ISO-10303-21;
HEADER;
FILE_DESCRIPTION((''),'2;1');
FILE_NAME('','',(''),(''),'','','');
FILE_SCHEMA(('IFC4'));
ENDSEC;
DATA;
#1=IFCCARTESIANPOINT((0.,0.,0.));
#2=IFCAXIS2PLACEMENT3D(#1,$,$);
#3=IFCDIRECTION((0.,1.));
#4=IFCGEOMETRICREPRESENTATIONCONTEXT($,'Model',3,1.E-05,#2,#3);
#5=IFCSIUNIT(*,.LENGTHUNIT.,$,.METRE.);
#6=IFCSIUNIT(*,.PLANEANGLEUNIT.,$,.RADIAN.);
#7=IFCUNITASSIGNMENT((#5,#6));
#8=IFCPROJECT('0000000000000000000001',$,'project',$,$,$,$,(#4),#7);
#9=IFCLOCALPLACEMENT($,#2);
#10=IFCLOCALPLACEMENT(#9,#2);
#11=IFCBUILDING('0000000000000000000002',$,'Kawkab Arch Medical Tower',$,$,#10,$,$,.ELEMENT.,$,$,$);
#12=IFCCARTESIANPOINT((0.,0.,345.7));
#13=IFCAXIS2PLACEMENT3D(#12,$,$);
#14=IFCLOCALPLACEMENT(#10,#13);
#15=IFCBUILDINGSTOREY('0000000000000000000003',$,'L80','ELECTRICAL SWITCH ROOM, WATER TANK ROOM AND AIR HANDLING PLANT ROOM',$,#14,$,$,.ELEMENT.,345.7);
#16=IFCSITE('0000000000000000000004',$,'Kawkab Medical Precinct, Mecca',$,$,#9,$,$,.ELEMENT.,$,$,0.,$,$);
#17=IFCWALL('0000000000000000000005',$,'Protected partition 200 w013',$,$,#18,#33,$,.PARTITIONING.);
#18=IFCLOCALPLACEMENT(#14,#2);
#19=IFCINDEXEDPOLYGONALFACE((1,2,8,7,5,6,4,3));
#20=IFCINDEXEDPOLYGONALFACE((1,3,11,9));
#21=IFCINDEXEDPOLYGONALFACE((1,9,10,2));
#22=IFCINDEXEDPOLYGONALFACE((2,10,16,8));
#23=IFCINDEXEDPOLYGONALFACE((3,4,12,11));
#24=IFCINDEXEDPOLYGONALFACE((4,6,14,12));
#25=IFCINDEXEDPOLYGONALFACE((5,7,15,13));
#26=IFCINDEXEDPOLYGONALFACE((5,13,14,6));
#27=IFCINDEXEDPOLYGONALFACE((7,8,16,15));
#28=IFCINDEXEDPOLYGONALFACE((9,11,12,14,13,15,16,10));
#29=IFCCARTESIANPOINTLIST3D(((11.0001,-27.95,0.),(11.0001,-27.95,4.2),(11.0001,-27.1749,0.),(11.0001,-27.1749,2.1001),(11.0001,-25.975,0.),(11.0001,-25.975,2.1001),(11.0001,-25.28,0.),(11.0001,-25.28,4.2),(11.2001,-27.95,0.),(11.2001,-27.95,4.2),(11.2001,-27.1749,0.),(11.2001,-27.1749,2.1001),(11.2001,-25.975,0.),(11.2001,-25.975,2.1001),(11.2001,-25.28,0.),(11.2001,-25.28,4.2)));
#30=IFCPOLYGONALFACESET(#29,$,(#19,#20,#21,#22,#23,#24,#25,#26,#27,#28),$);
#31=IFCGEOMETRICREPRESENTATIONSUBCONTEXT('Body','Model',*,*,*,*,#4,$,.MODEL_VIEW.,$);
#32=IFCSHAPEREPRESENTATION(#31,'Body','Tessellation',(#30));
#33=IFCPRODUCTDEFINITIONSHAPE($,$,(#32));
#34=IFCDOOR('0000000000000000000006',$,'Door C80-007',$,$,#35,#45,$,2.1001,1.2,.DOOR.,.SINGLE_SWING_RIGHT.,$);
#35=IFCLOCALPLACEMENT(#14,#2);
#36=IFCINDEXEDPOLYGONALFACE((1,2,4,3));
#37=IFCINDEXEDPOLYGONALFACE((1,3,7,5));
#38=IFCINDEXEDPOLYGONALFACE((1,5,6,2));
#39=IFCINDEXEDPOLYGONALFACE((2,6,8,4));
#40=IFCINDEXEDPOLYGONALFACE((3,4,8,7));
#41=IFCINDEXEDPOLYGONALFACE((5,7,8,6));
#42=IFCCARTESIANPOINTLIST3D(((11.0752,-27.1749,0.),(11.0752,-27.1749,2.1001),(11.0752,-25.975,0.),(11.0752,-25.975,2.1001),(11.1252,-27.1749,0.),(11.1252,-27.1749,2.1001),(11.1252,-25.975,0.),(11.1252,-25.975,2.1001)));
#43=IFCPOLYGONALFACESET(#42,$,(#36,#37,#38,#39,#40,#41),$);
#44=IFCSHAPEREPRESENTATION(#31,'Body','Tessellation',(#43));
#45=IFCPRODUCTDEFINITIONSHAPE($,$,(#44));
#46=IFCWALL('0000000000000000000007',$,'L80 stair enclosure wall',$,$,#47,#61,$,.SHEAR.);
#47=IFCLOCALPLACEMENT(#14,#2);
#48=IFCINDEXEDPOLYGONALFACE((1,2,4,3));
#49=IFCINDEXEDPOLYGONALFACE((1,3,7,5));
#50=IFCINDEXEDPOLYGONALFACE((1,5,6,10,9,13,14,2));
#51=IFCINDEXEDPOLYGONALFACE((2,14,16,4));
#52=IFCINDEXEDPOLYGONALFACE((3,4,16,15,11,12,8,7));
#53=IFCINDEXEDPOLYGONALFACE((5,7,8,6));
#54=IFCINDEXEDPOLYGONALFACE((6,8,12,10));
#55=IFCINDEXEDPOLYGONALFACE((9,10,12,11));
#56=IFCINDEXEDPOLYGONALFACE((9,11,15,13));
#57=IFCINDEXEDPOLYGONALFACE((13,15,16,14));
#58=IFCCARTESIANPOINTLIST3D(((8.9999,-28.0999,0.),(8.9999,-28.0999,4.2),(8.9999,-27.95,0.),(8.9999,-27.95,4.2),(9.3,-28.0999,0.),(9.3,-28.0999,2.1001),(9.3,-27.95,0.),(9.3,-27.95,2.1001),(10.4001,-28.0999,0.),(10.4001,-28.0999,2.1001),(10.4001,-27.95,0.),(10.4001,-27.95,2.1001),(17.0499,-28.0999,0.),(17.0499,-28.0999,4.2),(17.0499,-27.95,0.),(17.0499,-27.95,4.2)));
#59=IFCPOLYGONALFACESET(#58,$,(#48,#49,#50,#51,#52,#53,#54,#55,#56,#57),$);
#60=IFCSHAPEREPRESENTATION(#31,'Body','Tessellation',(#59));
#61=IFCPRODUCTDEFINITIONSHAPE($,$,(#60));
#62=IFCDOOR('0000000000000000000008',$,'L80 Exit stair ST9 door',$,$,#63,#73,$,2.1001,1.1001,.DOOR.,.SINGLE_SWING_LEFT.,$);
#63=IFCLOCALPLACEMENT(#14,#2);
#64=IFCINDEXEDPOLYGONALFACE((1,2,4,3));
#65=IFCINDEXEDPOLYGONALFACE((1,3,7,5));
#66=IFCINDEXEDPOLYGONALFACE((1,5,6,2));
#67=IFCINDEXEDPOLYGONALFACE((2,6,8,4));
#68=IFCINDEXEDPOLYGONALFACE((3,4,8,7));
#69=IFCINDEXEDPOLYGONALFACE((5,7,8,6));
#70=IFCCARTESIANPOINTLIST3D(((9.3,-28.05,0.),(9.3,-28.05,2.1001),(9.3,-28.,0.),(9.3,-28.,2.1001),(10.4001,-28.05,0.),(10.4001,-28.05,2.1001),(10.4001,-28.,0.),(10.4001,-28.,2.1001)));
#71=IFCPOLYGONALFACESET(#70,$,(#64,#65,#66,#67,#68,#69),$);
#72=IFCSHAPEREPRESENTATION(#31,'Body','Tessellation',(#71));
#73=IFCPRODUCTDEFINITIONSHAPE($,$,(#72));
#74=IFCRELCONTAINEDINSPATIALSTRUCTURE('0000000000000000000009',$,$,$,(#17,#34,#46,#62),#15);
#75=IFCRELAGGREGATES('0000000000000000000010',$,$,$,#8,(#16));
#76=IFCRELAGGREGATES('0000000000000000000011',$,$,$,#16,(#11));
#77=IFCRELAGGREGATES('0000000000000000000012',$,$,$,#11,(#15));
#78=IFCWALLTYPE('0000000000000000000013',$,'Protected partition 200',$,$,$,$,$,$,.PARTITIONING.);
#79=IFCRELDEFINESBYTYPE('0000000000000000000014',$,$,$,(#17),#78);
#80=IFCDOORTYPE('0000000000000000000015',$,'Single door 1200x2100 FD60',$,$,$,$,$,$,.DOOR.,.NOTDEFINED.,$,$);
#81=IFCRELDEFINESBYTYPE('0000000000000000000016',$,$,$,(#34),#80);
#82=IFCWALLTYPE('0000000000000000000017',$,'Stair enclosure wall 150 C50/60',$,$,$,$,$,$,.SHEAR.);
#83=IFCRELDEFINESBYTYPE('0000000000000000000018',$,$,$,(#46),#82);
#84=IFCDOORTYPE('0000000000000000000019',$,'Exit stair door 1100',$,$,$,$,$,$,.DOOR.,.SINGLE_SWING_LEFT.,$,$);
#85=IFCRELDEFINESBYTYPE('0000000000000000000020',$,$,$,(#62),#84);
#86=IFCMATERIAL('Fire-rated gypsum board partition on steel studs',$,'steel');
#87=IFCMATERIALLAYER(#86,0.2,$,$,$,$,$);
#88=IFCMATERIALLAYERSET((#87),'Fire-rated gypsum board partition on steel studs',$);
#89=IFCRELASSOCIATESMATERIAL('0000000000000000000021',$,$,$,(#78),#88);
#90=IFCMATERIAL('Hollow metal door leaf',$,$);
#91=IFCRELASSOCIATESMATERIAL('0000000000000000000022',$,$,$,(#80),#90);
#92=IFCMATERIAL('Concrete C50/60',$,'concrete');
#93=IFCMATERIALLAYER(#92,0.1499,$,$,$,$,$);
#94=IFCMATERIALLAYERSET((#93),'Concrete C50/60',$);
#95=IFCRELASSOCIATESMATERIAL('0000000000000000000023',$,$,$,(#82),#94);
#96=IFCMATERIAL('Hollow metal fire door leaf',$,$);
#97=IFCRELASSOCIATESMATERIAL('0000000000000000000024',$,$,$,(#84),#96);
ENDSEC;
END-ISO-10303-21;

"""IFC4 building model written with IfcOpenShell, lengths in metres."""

from ifc_helpers import new_model, si_unit, direction, frame, frame_2d, origin, place, context, subcontext, project, spatial, rectangle, extrude, material, layer, layer_set, type_object, element, fill, save


model = new_model("IFC4")

# Units and contexts
model_context = context("Model", 3, precision=1e-05, world=origin(), true_north=direction((0.0, 1.0)))
body_context = subcontext(model_context, "Body", "Model", "MODEL_VIEW")
ifc_project = project(units=[si_unit("LENGTHUNIT", "METRE"), si_unit("PLANEANGLEUNIT", "RADIAN")], contexts=[model_context])

# Site, building, storey
site_placement = place(None, origin())
site = spatial("IfcSite", under=ifc_project, at=site_placement, Name="Kawkab Medical Precinct, Mecca", CompositionType="ELEMENT", RefElevation=0.0)
building_placement = place(site_placement, origin())
building = spatial("IfcBuilding", under=site, at=building_placement, Name="Kawkab Arch Medical Tower", CompositionType="ELEMENT")
storey_placement = place(building_placement, frame((0.0, 0.0, 345.7)))
storey = spatial("IfcBuildingStorey", under=building, at=storey_placement, Name="L80", Description="ELECTRICAL SWITCH ROOM, WATER TANK ROOM AND AIR HANDLING PLANT ROOM", CompositionType="ELEMENT", Elevation=345.7)

# Walls, openings, doors
ifc_material_1 = material(Name="Fire-rated gypsum board partition on steel studs", Category="steel")
ifc_layer_1 = layer(ifc_material_1, 0.2)
ifc_layer_set_1 = layer_set([ifc_layer_1], Name="Fire-rated gypsum board partition on steel studs")
wall_type_1 = type_object("IfcWallType", Name="Protected partition 200", PredefinedType="PARTITIONING", material=ifc_layer_set_1)
wall_1_placement = place(storey_placement, frame((11.1001, -27.95, 0.0), z_axis=(0.0, 0.0, 1.0), x_axis=(0.0, 1.0, 0.0)))
wall_1 = element("IfcWall", 1, at=wall_1_placement, inside=storey, type_object=wall_type_1, Name="Protected partition 200 w013", PredefinedType="PARTITIONING", context=body_context, shape_type="SweptSolid", body=[
    extrude(rectangle(XDim=2.6699, YDim=0.2, at=frame_2d((1.335, 0.0))), origin(), (0.0, 0.0, 1.0), 4.2),
])
opening_1_placement = place(wall_1_placement, frame((0.7749, 0.0, 0.0)))
opening_1 = element("IfcOpeningElement", 2, at=opening_1_placement, cuts=wall_1, PredefinedType="OPENING", context=body_context, shape_type="SweptSolid", body=[
    extrude(rectangle(XDim=1.2, YDim=2.1001, at=frame_2d((0.6001, 1.05))), frame((0.0, 0.1099, 0.0), z_axis=(0.0, -1.0, 0.0), x_axis=(1.0, 0.0, 0.0)), (0.0, 0.0, 1.0), 0.22),
])
ifc_material_2 = material(Name="Hollow metal door leaf")
door_type_1 = type_object("IfcDoorType", Name="Single door 1200x2100 FD60", OperationType="NOTDEFINED", PredefinedType="DOOR", material=ifc_material_2)
door_1_placement = place(opening_1_placement, origin())
door_1 = element("IfcDoor", 3, at=door_1_placement, inside=storey, type_object=door_type_1, Name="Door C80-007", OperationType="SINGLE_SWING_RIGHT", OverallHeight=2.1001, OverallWidth=1.2, PredefinedType="DOOR", context=body_context, shape_type="SweptSolid", body=[
    extrude(rectangle(XDim=1.2, YDim=2.1001, at=frame_2d((0.6001, 1.05))), frame((0.0, 0.0249, 0.0), z_axis=(0.0, -1.0, 0.0), x_axis=(1.0, 0.0, 0.0)), (0.0, 0.0, 1.0), 0.05),
])
fill(opening_1, door_1)
ifc_material_3 = material(Name="Concrete C50/60", Category="concrete")
ifc_layer_2 = layer(ifc_material_3, 0.1499)
ifc_layer_set_2 = layer_set([ifc_layer_2], Name="Concrete C50/60")
wall_type_2 = type_object("IfcWallType", Name="Stair enclosure wall 150 C50/60", PredefinedType="SHEAR", material=ifc_layer_set_2)
wall_2_placement = place(storey_placement, frame((9.0, -28.0249, 0.0), z_axis=(0.0, 0.0, 1.0), x_axis=(1.0, 0.0, 0.0)))
wall_2 = element("IfcWall", 4, at=wall_2_placement, inside=storey, type_object=wall_type_2, Name="L80 stair enclosure wall", PredefinedType="SHEAR", context=body_context, shape_type="SweptSolid", body=[
    extrude(rectangle(XDim=8.05, YDim=0.1499, at=frame_2d((4.0249, 0.0))), origin(), (0.0, 0.0, 1.0), 4.2),
])
opening_2_placement = place(wall_2_placement, frame((0.3, 0.0, 0.0)))
opening_2 = element("IfcOpeningElement", 5, at=opening_2_placement, cuts=wall_2, PredefinedType="OPENING", context=body_context, shape_type="SweptSolid", body=[
    extrude(rectangle(XDim=1.1001, YDim=2.1001, at=frame_2d((0.55, 1.05))), frame((0.0, 0.085, 0.0), z_axis=(0.0, -1.0, 0.0), x_axis=(1.0, 0.0, 0.0)), (0.0, 0.0, 1.0), 0.1699),
])
ifc_material_4 = material(Name="Hollow metal fire door leaf")
door_type_2 = type_object("IfcDoorType", Name="Exit stair door 1100", OperationType="SINGLE_SWING_LEFT", PredefinedType="DOOR", material=ifc_material_4)
door_2_placement = place(opening_2_placement, origin())
door_2 = element("IfcDoor", 6, at=door_2_placement, inside=storey, type_object=door_type_2, Name="L80 Exit stair ST9 door", OperationType="SINGLE_SWING_LEFT", OverallHeight=2.1001, OverallWidth=1.1001, PredefinedType="DOOR", context=body_context, shape_type="SweptSolid", body=[
    extrude(rectangle(XDim=1.1001, YDim=2.1001, at=frame_2d((0.55, 1.05))), frame((0.0, 0.0249, 0.0), z_axis=(0.0, -1.0, 0.0), x_axis=(1.0, 0.0, 0.0)), (0.0, 0.0, 1.0), 0.05),
])
fill(opening_2, door_2)

save(model, "model.ifc")
